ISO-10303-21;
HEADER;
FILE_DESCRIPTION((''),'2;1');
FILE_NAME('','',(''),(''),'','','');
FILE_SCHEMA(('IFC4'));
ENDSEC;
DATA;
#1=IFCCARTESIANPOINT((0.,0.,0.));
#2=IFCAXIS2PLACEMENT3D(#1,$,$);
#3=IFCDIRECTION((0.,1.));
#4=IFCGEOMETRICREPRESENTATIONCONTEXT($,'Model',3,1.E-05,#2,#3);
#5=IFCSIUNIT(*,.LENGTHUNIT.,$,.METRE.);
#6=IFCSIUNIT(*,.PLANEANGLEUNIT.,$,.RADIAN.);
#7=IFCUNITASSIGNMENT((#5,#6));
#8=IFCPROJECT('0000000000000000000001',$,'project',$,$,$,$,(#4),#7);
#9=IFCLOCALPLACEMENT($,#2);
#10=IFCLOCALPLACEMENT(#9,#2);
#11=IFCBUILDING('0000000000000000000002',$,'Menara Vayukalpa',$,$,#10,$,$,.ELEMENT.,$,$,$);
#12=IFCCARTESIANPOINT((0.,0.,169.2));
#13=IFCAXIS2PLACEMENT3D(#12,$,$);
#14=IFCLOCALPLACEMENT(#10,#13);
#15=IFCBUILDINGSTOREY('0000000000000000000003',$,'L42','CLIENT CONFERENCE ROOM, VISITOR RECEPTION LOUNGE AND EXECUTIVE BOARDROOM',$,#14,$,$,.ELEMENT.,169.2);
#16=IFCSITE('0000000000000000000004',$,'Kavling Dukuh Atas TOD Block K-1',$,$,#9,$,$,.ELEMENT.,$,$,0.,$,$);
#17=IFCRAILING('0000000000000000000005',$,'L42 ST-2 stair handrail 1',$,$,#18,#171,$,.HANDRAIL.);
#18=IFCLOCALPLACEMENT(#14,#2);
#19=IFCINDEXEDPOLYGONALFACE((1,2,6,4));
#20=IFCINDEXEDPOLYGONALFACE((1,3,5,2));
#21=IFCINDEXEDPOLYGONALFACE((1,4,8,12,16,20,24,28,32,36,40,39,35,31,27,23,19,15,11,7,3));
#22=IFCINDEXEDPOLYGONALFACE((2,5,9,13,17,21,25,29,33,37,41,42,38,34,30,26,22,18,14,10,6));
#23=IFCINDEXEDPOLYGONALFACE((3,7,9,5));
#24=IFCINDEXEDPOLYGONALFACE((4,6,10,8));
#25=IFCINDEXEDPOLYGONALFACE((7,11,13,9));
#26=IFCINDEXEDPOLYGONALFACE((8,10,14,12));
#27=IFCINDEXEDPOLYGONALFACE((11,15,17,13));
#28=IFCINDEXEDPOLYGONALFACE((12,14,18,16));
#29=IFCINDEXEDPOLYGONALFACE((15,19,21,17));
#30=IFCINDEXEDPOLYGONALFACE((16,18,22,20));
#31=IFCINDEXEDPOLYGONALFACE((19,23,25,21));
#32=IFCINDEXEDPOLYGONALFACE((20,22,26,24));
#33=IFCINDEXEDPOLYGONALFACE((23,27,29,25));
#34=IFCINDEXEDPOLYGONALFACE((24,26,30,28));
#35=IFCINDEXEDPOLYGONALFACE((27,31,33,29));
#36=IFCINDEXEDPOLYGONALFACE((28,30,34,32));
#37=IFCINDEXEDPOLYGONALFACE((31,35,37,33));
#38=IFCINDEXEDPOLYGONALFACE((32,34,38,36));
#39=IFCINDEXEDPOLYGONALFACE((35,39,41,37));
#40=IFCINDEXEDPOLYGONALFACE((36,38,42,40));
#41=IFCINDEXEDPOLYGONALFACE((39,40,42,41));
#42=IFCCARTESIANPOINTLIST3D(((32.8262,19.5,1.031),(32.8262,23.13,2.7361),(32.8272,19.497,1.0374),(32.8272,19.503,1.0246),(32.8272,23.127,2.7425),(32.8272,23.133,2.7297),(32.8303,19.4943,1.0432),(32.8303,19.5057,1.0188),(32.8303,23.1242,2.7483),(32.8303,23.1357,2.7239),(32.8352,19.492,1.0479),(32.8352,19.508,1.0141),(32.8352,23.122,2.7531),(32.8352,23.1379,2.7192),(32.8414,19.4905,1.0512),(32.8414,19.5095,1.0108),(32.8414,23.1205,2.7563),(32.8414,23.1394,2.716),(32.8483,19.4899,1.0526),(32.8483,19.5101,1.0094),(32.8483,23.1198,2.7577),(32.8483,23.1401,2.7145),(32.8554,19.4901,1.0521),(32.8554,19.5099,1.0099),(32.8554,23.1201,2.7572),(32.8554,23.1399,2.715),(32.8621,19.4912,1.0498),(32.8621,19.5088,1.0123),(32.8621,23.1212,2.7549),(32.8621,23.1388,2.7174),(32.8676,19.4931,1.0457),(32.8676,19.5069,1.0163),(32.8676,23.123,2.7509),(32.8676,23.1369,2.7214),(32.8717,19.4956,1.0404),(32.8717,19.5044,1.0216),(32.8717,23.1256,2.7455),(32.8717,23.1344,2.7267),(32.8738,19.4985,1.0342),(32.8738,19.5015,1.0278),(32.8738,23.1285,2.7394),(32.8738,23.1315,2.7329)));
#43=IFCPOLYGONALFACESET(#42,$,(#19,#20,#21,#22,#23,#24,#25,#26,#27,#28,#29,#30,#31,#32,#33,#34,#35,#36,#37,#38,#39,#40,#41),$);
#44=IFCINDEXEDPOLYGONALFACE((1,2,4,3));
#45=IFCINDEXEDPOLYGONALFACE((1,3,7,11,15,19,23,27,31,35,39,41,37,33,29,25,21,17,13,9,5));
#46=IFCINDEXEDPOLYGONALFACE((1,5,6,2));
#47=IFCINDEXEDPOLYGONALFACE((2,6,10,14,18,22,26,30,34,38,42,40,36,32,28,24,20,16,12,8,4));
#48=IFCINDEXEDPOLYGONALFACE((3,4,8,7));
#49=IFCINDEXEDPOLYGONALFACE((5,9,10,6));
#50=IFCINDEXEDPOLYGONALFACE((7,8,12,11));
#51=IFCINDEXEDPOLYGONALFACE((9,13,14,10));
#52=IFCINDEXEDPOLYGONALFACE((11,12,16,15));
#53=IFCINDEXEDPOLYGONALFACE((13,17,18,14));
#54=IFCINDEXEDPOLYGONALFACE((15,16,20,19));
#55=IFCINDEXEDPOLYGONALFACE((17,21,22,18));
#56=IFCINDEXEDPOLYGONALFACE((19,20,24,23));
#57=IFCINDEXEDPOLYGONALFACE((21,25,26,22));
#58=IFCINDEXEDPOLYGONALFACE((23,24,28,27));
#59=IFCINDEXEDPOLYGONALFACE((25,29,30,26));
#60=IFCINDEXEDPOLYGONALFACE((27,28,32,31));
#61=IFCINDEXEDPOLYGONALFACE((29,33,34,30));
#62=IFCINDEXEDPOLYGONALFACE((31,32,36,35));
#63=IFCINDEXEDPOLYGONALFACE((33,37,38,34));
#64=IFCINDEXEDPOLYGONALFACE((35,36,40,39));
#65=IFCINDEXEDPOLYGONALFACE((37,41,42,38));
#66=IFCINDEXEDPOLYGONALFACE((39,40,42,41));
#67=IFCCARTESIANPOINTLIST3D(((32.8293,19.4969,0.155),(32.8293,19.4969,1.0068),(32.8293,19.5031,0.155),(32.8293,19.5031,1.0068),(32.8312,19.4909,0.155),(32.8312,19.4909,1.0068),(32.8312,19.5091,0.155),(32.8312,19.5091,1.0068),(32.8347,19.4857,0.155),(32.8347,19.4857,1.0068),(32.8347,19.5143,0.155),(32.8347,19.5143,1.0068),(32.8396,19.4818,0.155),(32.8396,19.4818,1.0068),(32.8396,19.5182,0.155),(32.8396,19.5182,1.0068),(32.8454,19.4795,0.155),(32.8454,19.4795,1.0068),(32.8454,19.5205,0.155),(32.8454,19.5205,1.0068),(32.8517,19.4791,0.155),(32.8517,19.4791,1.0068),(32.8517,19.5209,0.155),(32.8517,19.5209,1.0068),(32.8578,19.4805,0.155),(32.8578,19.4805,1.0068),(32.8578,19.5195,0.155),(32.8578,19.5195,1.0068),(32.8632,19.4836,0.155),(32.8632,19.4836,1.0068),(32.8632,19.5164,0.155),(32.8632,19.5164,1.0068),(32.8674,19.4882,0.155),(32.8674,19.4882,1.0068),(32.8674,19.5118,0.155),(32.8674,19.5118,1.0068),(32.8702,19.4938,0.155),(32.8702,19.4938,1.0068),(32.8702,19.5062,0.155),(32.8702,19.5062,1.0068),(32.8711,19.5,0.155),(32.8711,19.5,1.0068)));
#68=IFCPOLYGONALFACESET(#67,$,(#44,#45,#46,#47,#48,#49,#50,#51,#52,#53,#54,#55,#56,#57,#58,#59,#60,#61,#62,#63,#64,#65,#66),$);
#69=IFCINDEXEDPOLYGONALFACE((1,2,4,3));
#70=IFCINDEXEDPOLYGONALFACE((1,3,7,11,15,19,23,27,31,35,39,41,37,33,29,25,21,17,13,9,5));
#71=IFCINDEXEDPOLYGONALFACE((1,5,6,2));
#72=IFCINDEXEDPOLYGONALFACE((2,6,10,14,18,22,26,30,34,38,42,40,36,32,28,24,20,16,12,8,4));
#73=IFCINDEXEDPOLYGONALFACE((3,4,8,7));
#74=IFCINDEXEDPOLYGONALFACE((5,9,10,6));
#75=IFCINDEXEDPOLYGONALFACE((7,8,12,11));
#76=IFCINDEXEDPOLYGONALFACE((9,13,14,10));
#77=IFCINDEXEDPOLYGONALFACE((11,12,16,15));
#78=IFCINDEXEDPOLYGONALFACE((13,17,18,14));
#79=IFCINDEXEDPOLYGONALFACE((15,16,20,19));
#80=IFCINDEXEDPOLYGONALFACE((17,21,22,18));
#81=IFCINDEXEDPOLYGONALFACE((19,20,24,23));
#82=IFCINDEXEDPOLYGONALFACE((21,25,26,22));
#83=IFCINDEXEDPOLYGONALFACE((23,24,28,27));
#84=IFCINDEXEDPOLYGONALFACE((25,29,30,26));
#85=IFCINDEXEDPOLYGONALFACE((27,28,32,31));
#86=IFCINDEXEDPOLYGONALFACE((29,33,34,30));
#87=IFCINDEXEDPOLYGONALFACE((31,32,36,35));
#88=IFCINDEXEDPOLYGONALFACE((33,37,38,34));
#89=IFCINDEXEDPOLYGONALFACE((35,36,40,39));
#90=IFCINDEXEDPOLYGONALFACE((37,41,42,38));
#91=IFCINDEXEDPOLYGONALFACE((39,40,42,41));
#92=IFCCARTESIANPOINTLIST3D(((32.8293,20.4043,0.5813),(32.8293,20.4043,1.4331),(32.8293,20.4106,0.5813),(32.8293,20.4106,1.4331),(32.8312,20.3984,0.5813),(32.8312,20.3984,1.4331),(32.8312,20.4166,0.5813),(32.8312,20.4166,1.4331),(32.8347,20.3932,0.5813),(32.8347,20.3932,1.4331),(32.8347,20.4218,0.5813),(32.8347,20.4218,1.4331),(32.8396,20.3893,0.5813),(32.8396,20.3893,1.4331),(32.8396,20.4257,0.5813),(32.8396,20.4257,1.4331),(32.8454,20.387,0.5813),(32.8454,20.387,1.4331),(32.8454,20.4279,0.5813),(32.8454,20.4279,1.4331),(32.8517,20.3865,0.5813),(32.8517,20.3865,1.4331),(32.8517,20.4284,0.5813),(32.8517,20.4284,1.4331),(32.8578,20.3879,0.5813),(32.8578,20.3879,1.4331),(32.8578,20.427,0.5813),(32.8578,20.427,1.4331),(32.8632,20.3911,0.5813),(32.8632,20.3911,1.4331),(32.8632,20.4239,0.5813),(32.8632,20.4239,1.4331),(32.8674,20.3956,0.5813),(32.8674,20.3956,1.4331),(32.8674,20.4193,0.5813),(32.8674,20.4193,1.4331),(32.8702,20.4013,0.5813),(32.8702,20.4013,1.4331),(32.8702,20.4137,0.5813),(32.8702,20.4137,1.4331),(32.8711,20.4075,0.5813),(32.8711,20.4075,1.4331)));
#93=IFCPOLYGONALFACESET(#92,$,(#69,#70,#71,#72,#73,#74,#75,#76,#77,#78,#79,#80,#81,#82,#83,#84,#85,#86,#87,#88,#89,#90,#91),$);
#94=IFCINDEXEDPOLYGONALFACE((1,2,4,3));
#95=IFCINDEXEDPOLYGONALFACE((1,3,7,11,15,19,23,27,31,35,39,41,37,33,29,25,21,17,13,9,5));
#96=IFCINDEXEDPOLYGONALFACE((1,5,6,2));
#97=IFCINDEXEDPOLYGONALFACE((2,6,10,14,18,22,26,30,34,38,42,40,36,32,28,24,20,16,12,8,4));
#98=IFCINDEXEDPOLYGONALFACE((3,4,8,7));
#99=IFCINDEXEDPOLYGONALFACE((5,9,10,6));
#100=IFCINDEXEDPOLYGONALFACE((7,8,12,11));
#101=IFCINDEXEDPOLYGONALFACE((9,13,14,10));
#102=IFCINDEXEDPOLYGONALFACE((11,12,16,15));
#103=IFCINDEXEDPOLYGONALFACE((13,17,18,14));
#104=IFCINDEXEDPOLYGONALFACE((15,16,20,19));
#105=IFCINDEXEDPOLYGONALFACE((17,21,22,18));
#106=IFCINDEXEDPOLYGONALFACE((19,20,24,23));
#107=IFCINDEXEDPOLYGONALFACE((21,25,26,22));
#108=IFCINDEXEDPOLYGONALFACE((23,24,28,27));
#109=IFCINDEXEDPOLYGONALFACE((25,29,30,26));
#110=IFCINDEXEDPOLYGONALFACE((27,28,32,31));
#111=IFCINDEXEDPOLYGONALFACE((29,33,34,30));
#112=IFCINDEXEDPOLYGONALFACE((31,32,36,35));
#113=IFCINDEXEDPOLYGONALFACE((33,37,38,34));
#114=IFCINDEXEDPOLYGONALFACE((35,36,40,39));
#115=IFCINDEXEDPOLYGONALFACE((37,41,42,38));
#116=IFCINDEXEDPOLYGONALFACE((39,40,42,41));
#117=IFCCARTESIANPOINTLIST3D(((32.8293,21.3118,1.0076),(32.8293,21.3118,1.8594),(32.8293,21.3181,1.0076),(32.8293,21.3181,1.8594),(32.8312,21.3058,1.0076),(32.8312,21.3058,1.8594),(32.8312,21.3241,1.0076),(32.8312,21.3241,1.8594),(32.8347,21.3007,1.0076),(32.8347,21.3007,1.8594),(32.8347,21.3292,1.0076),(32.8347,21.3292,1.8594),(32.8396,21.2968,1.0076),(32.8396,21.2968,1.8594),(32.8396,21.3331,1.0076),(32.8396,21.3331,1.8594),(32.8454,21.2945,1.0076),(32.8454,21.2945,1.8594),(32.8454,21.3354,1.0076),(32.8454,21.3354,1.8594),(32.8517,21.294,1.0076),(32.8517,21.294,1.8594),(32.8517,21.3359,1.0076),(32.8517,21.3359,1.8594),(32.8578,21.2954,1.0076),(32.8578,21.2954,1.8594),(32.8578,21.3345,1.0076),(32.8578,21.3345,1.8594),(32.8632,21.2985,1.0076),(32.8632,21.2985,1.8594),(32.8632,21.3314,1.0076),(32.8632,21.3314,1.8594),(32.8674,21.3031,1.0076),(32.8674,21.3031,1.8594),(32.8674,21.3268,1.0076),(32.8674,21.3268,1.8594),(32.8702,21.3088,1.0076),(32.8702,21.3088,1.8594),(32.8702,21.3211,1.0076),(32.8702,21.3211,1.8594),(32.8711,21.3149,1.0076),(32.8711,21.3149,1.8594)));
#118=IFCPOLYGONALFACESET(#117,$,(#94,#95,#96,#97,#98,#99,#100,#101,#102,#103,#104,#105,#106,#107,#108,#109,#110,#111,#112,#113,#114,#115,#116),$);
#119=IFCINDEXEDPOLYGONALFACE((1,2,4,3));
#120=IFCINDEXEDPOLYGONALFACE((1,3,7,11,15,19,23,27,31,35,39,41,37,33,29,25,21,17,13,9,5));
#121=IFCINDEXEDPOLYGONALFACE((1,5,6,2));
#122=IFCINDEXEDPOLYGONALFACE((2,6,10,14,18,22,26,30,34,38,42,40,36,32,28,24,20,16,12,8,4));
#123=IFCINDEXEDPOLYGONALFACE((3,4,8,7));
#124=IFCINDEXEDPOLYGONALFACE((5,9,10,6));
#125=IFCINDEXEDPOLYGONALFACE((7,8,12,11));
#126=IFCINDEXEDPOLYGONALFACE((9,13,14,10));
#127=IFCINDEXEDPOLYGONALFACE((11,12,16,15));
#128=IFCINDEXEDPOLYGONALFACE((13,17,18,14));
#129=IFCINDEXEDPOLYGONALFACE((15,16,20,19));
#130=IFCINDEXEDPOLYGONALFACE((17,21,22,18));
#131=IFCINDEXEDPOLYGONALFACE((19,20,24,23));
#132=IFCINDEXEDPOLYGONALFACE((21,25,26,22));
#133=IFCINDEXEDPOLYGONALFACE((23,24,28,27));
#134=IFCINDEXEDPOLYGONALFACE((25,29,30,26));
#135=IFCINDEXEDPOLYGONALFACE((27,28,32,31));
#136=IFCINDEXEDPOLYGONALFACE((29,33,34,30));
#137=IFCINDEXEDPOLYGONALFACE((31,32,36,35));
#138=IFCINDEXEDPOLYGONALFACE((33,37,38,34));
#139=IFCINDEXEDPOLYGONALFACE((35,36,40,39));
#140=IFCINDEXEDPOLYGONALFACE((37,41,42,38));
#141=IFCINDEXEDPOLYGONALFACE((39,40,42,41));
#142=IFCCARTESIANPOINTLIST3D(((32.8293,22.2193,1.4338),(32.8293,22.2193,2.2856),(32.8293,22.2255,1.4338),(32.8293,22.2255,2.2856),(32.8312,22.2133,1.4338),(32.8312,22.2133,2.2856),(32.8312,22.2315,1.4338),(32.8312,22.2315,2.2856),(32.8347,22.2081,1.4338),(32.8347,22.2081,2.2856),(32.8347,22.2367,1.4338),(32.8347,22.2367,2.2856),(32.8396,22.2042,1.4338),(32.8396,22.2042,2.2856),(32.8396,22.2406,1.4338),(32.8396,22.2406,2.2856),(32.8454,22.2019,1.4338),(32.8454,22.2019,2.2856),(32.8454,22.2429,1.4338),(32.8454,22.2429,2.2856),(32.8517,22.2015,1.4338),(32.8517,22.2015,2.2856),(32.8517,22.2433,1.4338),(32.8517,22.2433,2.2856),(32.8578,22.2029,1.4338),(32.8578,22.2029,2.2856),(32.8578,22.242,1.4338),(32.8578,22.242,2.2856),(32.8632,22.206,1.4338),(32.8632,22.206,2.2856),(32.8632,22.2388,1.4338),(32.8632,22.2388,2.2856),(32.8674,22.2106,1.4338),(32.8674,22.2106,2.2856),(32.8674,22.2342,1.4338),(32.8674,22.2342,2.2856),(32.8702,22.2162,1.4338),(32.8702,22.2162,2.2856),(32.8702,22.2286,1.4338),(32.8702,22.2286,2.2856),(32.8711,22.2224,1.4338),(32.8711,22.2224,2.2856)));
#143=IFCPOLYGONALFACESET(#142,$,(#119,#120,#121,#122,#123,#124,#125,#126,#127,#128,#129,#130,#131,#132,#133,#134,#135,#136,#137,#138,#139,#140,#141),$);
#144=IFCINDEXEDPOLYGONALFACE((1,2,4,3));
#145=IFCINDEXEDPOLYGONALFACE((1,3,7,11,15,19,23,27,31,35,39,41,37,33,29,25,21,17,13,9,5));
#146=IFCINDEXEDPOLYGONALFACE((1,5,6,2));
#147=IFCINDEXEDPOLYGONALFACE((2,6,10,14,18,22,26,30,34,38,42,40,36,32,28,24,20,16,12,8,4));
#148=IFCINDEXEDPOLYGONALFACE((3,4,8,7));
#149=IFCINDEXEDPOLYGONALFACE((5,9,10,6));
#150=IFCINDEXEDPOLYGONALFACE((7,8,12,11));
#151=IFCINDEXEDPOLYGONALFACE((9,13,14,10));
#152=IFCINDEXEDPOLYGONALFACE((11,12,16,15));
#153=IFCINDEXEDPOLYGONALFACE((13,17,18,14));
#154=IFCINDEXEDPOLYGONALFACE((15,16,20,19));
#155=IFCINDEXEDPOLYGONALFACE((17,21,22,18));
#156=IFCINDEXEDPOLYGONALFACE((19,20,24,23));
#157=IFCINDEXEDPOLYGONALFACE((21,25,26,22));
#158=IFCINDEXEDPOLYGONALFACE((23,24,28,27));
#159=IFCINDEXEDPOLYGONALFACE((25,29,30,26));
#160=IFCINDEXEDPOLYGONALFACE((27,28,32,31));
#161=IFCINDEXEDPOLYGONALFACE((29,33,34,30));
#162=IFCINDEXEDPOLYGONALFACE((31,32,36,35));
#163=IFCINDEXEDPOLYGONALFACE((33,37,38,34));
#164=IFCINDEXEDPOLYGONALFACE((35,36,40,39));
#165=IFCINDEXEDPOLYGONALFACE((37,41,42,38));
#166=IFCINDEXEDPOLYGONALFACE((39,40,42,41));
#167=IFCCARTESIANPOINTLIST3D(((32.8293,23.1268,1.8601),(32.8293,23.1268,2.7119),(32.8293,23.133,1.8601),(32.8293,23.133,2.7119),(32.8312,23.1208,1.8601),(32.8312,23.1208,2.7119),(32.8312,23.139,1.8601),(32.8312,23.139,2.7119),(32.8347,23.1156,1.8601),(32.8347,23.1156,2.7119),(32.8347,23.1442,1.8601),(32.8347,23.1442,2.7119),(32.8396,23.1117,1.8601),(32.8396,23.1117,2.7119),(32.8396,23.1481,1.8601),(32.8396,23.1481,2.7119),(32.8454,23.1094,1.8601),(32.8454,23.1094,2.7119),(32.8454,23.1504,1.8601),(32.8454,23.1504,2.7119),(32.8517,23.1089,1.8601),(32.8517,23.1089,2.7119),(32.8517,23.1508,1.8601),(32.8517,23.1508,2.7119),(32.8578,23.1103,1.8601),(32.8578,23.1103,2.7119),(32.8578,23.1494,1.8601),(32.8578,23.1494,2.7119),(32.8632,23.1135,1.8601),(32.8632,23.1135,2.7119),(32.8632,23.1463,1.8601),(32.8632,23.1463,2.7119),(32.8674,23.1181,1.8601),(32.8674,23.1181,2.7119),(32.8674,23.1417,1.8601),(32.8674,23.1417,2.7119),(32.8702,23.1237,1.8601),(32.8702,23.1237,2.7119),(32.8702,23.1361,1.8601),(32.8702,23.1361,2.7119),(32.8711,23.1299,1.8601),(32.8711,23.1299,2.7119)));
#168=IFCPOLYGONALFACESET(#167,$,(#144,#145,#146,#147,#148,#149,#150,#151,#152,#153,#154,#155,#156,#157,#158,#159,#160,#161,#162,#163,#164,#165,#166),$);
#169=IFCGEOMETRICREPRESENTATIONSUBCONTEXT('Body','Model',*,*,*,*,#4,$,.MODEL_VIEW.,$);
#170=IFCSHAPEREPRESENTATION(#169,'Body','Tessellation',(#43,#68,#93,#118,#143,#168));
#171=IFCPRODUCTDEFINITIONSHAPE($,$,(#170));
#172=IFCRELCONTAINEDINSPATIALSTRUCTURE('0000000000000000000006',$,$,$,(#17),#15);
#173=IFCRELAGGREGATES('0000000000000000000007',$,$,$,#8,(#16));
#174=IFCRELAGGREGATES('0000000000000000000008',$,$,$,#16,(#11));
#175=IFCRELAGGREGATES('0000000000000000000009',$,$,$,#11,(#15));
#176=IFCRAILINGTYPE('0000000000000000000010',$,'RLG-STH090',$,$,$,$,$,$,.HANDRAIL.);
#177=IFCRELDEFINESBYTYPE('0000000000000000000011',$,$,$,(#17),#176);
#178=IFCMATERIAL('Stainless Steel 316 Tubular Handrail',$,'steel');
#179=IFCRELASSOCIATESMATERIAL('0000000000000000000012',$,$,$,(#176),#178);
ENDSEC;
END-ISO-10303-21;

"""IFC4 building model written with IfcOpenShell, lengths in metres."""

from ifc_helpers import new_model, si_unit, direction, frame, origin, origin_2d, place, context, subcontext, project, spatial, circle, extrude, material, type_object, element, save


model = new_model("IFC4")

# Units and contexts
model_context = context("Model", 3, precision=1e-05, world=origin(), true_north=direction((0.0, 1.0)))
body_context = subcontext(model_context, "Body", "Model", "MODEL_VIEW")
ifc_project = project(units=[si_unit("LENGTHUNIT", "METRE"), si_unit("PLANEANGLEUNIT", "RADIAN")], contexts=[model_context])

# Site, building, storey
site_placement = place(None, origin())
site = spatial("IfcSite", under=ifc_project, at=site_placement, Name="Kavling Dukuh Atas TOD Block K-1", CompositionType="ELEMENT", RefElevation=0.0)
building_placement = place(site_placement, origin())
building = spatial("IfcBuilding", under=site, at=building_placement, Name="Menara Vayukalpa", CompositionType="ELEMENT")
storey_placement = place(building_placement, frame((0.0, 0.0, 169.2)))
storey = spatial("IfcBuildingStorey", under=building, at=storey_placement, Name="L42", Description="CLIENT CONFERENCE ROOM, VISITOR RECEPTION LOUNGE AND EXECUTIVE BOARDROOM", CompositionType="ELEMENT", Elevation=169.2)

# Railing
ifc_material_1 = material(Name="Stainless Steel 316 Tubular Handrail", Category="steel")
railing_type_1 = type_object("IfcRailingType", Name="RLG-STH090", PredefinedType="HANDRAIL", material=ifc_material_1)
railing_1_placement = place(storey_placement, frame((32.8501, 19.5, 0.155)))
element("IfcRailing", 1, at=railing_1_placement, inside=storey, type_object=railing_type_1, Name="L42 ST-2 stair handrail 1", PredefinedType="HANDRAIL", context=body_context, shape_type="SweptSolid", body=[
    extrude(circle(Radius=0.0239, at=origin_2d()), frame((0.0, 0.0, 0.876), z_axis=(0.0, 0.905116, 0.425164), x_axis=(-1.0, 0.0, 0.0)), (0.0, 0.0, 1.0), 4.0105),
    extrude(circle(Radius=0.021, at=origin_2d()), origin(), (0.0, 0.0, 1.0), 0.8518),
    extrude(circle(Radius=0.021, at=origin_2d()), frame((0.0, 0.9075, 0.4263)), (0.0, 0.0, 1.0), 0.8518),
    extrude(circle(Radius=0.021, at=origin_2d()), frame((0.0, 1.8149, 0.8525)), (0.0, 0.0, 1.0), 0.8518),
    extrude(circle(Radius=0.021, at=origin_2d()), frame((0.0, 2.7224, 1.2788)), (0.0, 0.0, 1.0), 0.8518),
    extrude(circle(Radius=0.021, at=origin_2d()), frame((0.0, 3.6299, 1.7051)), (0.0, 0.0, 1.0), 0.8518),
])

save(model, "model.ifc")
